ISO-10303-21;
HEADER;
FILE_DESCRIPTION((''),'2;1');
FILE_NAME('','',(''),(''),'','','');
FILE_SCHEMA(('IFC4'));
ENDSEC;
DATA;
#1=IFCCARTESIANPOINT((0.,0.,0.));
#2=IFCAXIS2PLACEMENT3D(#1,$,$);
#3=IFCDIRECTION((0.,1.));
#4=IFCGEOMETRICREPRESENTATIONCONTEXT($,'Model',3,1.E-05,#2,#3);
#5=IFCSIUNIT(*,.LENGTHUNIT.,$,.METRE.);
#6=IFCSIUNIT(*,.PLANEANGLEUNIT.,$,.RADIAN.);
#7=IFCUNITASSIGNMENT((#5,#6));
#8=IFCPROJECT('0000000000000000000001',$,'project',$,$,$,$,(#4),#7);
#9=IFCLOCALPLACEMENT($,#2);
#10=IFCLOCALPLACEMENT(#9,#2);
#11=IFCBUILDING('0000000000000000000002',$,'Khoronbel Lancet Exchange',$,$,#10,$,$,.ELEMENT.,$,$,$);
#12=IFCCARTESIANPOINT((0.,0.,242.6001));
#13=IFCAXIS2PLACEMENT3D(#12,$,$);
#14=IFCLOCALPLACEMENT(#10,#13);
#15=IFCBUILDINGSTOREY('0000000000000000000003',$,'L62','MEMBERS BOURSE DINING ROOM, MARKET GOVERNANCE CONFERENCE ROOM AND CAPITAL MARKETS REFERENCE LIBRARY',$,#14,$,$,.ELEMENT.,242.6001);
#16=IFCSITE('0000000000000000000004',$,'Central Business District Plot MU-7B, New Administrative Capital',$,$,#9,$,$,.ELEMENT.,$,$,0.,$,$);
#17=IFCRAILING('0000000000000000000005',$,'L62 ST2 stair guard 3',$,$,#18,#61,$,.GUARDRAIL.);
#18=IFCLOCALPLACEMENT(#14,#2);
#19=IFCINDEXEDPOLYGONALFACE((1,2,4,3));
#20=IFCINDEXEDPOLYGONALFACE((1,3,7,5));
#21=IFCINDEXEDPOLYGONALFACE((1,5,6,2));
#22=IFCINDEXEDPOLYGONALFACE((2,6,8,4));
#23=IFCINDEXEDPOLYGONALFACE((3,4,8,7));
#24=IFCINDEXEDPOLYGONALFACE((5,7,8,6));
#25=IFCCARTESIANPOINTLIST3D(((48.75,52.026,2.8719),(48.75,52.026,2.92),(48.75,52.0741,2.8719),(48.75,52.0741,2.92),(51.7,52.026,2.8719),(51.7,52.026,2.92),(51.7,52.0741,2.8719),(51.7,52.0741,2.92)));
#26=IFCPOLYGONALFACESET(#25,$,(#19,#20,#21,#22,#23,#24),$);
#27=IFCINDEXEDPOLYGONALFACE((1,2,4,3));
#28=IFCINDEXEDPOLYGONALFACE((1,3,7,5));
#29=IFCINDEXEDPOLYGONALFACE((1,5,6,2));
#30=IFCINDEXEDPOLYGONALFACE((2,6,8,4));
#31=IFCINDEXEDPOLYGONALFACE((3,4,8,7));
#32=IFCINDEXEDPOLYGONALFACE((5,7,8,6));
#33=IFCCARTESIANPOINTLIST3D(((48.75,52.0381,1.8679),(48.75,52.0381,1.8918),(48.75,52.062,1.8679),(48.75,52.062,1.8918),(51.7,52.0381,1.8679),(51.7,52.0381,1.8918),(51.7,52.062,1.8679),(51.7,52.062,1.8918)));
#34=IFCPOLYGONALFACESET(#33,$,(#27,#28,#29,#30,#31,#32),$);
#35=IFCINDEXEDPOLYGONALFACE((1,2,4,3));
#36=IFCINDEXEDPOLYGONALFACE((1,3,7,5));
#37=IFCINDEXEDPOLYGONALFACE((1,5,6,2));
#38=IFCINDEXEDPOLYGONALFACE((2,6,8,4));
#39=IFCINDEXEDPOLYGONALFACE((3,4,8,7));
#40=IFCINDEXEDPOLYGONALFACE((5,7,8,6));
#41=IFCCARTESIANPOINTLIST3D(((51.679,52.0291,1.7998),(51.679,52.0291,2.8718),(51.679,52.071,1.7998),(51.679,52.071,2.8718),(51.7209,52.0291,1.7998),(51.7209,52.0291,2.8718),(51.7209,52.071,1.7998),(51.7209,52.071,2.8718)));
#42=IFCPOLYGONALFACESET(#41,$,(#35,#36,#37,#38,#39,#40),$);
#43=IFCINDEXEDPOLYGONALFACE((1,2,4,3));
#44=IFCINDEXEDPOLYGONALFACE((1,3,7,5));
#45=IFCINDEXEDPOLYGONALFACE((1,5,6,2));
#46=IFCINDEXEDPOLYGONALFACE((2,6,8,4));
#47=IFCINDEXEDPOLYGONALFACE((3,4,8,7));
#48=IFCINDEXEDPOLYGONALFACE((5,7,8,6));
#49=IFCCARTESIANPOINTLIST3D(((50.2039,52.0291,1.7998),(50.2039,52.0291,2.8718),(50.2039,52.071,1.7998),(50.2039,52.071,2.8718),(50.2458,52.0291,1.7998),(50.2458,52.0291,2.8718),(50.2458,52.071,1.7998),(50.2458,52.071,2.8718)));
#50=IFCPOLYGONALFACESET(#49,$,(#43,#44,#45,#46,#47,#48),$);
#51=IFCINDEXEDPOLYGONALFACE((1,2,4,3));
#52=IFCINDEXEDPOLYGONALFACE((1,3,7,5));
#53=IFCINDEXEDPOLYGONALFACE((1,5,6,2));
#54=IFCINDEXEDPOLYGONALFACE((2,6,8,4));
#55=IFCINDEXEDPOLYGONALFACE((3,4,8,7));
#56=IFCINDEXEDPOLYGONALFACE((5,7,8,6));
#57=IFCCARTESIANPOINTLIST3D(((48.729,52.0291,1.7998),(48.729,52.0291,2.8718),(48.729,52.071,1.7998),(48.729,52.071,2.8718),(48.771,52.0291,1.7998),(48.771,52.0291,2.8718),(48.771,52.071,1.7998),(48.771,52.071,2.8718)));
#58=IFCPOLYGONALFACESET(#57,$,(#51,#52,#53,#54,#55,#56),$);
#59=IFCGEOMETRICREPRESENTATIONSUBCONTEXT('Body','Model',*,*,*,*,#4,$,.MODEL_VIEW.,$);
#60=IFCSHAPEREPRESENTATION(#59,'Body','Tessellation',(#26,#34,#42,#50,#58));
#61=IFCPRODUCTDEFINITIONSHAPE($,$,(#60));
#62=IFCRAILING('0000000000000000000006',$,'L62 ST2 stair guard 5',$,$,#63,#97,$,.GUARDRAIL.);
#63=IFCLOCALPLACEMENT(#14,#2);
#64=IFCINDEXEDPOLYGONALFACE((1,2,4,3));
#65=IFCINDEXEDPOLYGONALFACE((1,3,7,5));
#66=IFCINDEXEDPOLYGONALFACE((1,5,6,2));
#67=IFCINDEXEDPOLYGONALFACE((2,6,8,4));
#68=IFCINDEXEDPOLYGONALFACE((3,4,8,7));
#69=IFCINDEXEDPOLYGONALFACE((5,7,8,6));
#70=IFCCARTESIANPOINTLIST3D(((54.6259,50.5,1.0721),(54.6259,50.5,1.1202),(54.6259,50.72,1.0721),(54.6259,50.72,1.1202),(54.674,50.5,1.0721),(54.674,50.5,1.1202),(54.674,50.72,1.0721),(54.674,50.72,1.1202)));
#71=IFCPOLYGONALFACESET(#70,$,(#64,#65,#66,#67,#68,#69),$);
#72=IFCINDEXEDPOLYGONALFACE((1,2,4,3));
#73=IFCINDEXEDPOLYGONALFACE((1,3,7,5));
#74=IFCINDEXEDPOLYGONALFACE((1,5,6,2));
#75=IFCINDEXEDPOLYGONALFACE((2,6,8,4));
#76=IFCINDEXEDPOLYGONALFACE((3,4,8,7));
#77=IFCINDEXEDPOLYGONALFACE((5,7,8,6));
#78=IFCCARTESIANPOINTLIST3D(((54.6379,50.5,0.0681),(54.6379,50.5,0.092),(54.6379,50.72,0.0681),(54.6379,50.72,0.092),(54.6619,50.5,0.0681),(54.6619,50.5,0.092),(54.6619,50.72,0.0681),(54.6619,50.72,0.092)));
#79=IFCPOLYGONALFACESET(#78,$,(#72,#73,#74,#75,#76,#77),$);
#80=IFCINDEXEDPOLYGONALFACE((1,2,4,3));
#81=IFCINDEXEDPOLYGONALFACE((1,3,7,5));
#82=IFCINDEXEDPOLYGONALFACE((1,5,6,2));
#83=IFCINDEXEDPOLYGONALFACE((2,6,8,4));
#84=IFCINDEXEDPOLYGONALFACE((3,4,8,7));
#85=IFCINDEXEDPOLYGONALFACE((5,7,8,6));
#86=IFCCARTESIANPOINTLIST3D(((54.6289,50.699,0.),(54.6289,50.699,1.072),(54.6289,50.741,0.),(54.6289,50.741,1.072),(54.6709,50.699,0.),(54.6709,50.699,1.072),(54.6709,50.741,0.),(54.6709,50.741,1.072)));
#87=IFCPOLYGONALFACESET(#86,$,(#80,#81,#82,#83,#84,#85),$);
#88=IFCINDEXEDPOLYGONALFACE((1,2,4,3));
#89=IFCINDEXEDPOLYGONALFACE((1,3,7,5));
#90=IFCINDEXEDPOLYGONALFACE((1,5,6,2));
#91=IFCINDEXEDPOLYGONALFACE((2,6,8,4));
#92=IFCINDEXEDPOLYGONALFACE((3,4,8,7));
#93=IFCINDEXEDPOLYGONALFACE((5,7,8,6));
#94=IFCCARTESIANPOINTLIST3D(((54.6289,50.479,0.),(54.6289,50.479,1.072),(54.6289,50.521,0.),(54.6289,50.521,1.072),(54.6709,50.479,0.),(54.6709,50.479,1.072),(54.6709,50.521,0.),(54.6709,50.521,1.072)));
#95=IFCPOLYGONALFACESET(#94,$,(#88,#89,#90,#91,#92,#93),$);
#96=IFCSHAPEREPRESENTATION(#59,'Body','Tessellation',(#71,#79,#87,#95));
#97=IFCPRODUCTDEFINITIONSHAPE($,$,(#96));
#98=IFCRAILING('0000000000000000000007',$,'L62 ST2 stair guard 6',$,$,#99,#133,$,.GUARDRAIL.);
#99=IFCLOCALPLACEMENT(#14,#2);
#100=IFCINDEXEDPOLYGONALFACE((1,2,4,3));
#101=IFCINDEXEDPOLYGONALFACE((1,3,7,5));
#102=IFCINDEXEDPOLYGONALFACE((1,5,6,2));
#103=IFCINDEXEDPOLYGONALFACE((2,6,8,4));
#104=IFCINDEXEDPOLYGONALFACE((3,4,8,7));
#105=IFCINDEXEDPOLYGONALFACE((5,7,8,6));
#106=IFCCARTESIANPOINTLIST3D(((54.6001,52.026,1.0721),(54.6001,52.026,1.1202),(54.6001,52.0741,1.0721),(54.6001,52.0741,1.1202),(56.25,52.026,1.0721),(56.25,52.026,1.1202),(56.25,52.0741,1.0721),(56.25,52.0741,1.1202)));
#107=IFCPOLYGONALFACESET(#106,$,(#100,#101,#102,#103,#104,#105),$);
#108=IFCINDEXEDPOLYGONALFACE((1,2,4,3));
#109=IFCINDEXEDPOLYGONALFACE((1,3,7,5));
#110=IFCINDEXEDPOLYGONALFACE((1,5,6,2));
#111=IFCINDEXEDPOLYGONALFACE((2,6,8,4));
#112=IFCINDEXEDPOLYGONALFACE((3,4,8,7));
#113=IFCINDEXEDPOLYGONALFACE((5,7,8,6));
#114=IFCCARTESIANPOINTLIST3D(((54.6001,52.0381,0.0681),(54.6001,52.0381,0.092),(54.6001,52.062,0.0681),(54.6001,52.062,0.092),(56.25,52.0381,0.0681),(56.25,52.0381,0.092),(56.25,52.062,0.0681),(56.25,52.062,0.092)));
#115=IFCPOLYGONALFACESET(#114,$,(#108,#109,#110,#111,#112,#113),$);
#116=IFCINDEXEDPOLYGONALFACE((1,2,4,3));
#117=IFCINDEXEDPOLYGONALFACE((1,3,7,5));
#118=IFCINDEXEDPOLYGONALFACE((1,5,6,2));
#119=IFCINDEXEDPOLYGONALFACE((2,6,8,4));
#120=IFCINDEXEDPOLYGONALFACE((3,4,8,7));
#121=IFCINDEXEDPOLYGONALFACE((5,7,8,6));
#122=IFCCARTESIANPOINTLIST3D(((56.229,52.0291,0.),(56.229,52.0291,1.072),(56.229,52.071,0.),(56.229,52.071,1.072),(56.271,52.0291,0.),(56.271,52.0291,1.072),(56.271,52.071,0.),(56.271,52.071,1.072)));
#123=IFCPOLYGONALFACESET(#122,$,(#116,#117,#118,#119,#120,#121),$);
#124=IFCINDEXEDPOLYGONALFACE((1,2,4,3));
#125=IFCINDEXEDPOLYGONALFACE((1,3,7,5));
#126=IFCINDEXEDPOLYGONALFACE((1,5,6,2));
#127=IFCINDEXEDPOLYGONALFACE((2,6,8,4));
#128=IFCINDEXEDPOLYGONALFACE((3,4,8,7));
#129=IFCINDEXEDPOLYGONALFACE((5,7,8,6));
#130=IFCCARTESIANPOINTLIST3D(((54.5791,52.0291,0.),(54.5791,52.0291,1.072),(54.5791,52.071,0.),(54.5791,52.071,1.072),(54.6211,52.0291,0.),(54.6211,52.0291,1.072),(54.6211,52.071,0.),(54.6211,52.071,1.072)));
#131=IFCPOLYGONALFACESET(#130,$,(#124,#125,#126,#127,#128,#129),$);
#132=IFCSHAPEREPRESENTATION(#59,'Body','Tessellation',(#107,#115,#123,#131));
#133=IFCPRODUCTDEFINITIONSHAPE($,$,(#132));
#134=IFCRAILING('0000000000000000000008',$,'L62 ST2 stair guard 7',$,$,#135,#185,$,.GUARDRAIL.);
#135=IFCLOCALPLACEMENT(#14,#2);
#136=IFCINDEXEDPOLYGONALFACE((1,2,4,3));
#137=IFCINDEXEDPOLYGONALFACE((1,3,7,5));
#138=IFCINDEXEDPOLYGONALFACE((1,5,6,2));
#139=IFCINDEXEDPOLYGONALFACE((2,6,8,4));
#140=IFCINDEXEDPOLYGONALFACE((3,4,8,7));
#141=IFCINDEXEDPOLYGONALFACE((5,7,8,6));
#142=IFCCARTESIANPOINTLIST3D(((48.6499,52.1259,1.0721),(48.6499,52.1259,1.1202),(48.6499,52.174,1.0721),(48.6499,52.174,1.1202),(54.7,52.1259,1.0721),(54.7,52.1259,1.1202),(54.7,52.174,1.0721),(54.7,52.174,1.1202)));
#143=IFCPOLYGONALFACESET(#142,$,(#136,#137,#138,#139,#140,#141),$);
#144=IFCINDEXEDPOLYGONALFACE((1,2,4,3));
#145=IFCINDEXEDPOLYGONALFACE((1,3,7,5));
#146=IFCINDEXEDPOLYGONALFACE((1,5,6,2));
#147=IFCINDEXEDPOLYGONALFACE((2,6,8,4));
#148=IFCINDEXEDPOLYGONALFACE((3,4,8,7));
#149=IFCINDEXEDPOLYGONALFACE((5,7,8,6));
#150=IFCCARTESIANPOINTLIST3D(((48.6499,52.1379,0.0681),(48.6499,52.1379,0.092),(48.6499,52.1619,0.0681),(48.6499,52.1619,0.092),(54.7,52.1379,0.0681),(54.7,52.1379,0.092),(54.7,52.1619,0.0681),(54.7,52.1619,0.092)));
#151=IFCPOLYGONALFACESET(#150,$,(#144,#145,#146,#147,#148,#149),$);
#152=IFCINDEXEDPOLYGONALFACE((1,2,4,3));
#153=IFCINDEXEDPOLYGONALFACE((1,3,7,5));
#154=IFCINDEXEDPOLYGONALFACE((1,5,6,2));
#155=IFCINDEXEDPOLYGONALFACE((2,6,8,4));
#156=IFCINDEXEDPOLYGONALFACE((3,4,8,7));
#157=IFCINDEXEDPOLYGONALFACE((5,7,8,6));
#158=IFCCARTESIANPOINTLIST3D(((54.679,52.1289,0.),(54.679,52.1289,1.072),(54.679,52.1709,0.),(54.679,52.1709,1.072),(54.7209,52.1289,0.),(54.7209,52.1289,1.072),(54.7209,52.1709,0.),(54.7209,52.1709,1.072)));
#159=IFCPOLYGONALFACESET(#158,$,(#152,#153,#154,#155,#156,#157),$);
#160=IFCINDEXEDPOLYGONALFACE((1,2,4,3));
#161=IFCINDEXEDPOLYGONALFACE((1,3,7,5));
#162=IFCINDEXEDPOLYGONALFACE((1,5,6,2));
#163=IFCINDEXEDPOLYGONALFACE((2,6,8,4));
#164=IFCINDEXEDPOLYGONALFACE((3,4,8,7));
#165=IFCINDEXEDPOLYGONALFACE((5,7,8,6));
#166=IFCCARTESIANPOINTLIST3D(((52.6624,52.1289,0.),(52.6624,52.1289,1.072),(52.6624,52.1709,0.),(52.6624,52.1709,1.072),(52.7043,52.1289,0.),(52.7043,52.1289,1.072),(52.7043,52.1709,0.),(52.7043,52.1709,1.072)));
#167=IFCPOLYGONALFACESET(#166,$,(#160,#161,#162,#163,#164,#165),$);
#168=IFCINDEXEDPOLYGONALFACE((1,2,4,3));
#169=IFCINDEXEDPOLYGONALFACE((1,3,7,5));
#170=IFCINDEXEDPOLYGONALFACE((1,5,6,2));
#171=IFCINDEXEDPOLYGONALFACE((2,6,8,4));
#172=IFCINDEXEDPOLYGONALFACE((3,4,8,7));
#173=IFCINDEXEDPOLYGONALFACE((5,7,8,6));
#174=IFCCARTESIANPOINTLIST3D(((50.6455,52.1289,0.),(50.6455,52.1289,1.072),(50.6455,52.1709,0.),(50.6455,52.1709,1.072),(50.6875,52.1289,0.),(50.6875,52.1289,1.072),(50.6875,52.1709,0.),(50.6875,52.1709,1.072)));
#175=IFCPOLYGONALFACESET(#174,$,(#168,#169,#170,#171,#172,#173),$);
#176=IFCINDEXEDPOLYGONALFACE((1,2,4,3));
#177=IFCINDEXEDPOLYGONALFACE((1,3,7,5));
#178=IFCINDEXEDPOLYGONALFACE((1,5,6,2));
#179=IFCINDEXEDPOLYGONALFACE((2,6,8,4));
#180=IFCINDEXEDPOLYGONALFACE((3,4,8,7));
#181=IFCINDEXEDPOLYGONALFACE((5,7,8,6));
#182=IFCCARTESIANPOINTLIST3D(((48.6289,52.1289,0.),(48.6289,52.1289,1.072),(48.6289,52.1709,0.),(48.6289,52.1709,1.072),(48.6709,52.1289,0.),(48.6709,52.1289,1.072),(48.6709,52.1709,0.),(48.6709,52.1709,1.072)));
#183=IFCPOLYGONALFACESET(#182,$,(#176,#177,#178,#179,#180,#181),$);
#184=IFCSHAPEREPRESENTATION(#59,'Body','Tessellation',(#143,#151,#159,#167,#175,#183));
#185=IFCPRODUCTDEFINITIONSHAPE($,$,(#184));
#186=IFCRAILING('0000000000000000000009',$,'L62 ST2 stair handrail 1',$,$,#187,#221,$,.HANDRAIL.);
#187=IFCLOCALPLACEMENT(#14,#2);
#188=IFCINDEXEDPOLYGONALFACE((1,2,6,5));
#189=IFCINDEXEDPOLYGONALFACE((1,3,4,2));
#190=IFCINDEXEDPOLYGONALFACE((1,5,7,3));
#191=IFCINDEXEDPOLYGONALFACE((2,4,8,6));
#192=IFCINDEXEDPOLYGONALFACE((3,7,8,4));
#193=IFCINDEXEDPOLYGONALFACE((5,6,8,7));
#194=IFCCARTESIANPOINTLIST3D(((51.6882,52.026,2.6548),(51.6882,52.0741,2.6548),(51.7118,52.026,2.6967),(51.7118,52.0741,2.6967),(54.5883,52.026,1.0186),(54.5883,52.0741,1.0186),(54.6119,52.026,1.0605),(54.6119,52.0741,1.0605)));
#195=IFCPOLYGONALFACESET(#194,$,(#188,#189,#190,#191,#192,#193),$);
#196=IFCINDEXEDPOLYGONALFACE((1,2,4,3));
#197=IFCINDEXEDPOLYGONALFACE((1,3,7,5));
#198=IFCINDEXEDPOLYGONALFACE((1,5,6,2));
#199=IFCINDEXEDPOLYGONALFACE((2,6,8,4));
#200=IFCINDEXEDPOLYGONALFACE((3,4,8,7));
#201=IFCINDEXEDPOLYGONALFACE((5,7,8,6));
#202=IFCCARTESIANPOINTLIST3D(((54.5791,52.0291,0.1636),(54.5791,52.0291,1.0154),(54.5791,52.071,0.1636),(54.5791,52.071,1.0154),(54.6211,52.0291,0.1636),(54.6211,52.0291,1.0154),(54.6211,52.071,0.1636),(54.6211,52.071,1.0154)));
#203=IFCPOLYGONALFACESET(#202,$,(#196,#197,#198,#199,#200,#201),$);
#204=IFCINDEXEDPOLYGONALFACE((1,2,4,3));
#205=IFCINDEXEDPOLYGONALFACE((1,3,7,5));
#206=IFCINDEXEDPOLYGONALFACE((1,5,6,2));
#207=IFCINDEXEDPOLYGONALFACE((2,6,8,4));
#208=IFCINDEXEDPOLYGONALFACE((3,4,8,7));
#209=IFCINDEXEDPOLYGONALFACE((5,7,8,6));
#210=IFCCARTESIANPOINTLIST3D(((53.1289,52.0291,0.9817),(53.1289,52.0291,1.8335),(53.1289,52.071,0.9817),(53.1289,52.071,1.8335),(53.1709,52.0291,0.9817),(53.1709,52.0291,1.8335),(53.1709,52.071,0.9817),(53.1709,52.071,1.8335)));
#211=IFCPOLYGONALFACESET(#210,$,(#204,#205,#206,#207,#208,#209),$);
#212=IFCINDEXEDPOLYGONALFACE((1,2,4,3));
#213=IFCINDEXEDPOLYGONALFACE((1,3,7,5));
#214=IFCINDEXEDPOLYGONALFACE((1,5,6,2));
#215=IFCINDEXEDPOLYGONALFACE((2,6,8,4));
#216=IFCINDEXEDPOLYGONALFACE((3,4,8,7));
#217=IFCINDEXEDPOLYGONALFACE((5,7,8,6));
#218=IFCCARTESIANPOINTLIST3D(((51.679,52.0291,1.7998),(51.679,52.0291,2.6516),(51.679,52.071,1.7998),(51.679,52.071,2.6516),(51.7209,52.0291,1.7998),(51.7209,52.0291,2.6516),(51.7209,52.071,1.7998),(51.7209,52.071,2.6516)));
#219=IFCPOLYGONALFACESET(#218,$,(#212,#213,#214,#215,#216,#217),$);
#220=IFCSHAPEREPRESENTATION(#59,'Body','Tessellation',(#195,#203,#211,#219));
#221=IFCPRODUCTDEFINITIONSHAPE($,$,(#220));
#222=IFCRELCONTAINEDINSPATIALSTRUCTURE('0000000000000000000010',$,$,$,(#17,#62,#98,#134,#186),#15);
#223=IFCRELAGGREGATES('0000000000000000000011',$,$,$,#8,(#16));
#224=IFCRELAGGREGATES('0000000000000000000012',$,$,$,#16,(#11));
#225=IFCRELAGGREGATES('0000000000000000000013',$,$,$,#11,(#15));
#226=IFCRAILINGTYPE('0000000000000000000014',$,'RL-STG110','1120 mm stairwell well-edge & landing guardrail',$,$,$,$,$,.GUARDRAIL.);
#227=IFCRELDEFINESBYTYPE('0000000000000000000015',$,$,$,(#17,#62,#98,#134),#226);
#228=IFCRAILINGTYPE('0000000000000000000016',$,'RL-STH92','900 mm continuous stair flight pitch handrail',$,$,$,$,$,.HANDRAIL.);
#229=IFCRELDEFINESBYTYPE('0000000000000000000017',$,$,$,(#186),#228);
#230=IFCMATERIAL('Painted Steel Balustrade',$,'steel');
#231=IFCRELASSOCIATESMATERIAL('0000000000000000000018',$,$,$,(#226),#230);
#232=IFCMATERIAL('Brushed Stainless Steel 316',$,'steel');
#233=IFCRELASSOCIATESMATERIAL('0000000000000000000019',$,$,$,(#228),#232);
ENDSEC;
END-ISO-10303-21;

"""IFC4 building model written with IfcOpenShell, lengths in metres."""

from ifc_helpers import new_model, si_unit, direction, frame, origin, origin_2d, place, context, subcontext, project, spatial, rectangle, extrude, material, type_object, element, save


model = new_model("IFC4")

# Units and contexts
model_context = context("Model", 3, precision=1e-05, world=origin(), true_north=direction((0.0, 1.0)))
body_context = subcontext(model_context, "Body", "Model", "MODEL_VIEW")
ifc_project = project(units=[si_unit("LENGTHUNIT", "METRE"), si_unit("PLANEANGLEUNIT", "RADIAN")], contexts=[model_context])

# Site, building, storey
site_placement = place(None, origin())
site = spatial("IfcSite", under=ifc_project, at=site_placement, Name="Central Business District Plot MU-7B, New Administrative Capital", CompositionType="ELEMENT", RefElevation=0.0)
building_placement = place(site_placement, origin())
building = spatial("IfcBuilding", under=site, at=building_placement, Name="Khoronbel Lancet Exchange", CompositionType="ELEMENT")
storey_placement = place(building_placement, frame((0.0, 0.0, 242.6001)))
storey = spatial("IfcBuildingStorey", under=building, at=storey_placement, Name="L62", Description="MEMBERS BOURSE DINING ROOM, MARKET GOVERNANCE CONFERENCE ROOM AND CAPITAL MARKETS REFERENCE LIBRARY", CompositionType="ELEMENT", Elevation=242.6001)

# Railings
ifc_material_1 = material(Name="Painted Steel Balustrade", Category="steel")
railing_type_1 = type_object("IfcRailingType", Name="RL-STG110", Description="1120 mm stairwell well-edge & landing guardrail", PredefinedType="GUARDRAIL", material=ifc_material_1)
railing_1_placement = place(storey_placement, frame((51.7, 52.05, 1.7998)))
element("IfcRailing", 1, at=railing_1_placement, inside=storey, type_object=railing_type_1, Name="L62 ST2 stair guard 3", PredefinedType="GUARDRAIL", context=body_context, shape_type="SweptSolid", body=[
    extrude(rectangle(XDim=0.0481, YDim=0.0481, at=origin_2d()), frame((0.0, 0.0, 1.0962), z_axis=(-1.0, 0.0, 0.0), x_axis=(0.0, -1.0, 0.0)), (0.0, 0.0, 1.0), 2.95),
    extrude(rectangle(XDim=0.0239, YDim=0.0239, at=origin_2d()), frame((0.0, 0.0, 0.0801), z_axis=(-1.0, 0.0, 0.0), x_axis=(0.0, -1.0, 0.0)), (0.0, 0.0, 1.0), 2.95),
    extrude(rectangle(XDim=0.042, YDim=0.042, at=origin_2d()), origin(), (0.0, 0.0, 1.0), 1.072),
    extrude(rectangle(XDim=0.042, YDim=0.042, at=origin_2d()), frame((-1.4751, 0.0, 0.0)), (0.0, 0.0, 1.0), 1.072),
    extrude(rectangle(XDim=0.042, YDim=0.042, at=origin_2d()), frame((-2.95, 0.0, 0.0)), (0.0, 0.0, 1.0), 1.072),
])
railing_2_placement = place(storey_placement, frame((54.6499, 50.72, 0.0)))
element("IfcRailing", 2, at=railing_2_placement, inside=storey, type_object=railing_type_1, Name="L62 ST2 stair guard 5", PredefinedType="GUARDRAIL", context=body_context, shape_type="SweptSolid", body=[
    extrude(rectangle(XDim=0.0481, YDim=0.0481, at=origin_2d()), frame((0.0, 0.0, 1.0962), z_axis=(0.0, -1.0, 0.0), x_axis=(1.0, 0.0, 0.0)), (0.0, 0.0, 1.0), 0.22),
    extrude(rectangle(XDim=0.0239, YDim=0.0239, at=origin_2d()), frame((0.0, 0.0, 0.0801), z_axis=(0.0, -1.0, 0.0), x_axis=(1.0, 0.0, 0.0)), (0.0, 0.0, 1.0), 0.22),
    extrude(rectangle(XDim=0.042, YDim=0.042, at=origin_2d()), origin(), (0.0, 0.0, 1.0), 1.072),
    extrude(rectangle(XDim=0.042, YDim=0.042, at=origin_2d()), frame((0.0, -0.22, 0.0)), (0.0, 0.0, 1.0), 1.072),
])
railing_3_placement = place(storey_placement, frame((56.25, 52.05, 0.0)))
element("IfcRailing", 3, at=railing_3_placement, inside=storey, type_object=railing_type_1, Name="L62 ST2 stair guard 6", PredefinedType="GUARDRAIL", context=body_context, shape_type="SweptSolid", body=[
    extrude(rectangle(XDim=0.0481, YDim=0.0481, at=origin_2d()), frame((0.0, 0.0, 1.0962), z_axis=(-1.0, 0.0, 0.0), x_axis=(0.0, -1.0, 0.0)), (0.0, 0.0, 1.0), 1.6499),
    extrude(rectangle(XDim=0.0239, YDim=0.0239, at=origin_2d()), frame((0.0, 0.0, 0.0801), z_axis=(-1.0, 0.0, 0.0), x_axis=(0.0, -1.0, 0.0)), (0.0, 0.0, 1.0), 1.6499),
    extrude(rectangle(XDim=0.042, YDim=0.042, at=origin_2d()), origin(), (0.0, 0.0, 1.0), 1.072),
    extrude(rectangle(XDim=0.042, YDim=0.042, at=origin_2d()), frame((-1.6499, 0.0, 0.0)), (0.0, 0.0, 1.0), 1.072),
])
railing_4_placement = place(storey_placement, frame((54.7, 52.1499, 0.0)))
element("IfcRailing", 4, at=railing_4_placement, inside=storey, type_object=railing_type_1, Name="L62 ST2 stair guard 7", PredefinedType="GUARDRAIL", context=body_context, shape_type="SweptSolid", body=[
    extrude(rectangle(XDim=0.0481, YDim=0.0481, at=origin_2d()), frame((0.0, 0.0, 1.0962), z_axis=(-1.0, 0.0, 0.0), x_axis=(0.0, -1.0, 0.0)), (0.0, 0.0, 1.0), 6.05),
    extrude(rectangle(XDim=0.0239, YDim=0.0239, at=origin_2d()), frame((0.0, 0.0, 0.0801), z_axis=(-1.0, 0.0, 0.0), x_axis=(0.0, -1.0, 0.0)), (0.0, 0.0, 1.0), 6.05),
    extrude(rectangle(XDim=0.042, YDim=0.042, at=origin_2d()), origin(), (0.0, 0.0, 1.0), 1.072),
    extrude(rectangle(XDim=0.042, YDim=0.042, at=origin_2d()), frame((-2.0166, 0.0, 0.0)), (0.0, 0.0, 1.0), 1.072),
    extrude(rectangle(XDim=0.042, YDim=0.042, at=origin_2d()), frame((-4.0334, 0.0, 0.0)), (0.0, 0.0, 1.0), 1.072),
    extrude(rectangle(XDim=0.042, YDim=0.042, at=origin_2d()), frame((-6.05, 0.0, 0.0)), (0.0, 0.0, 1.0), 1.072),
])
ifc_material_2 = material(Name="Brushed Stainless Steel 316", Category="steel")
railing_type_2 = type_object("IfcRailingType", Name="RL-STH92", Description="900 mm continuous stair flight pitch handrail", PredefinedType="HANDRAIL", material=ifc_material_2)
railing_5_placement = place(storey_placement, frame((54.6001, 52.05, 0.1636)))
element("IfcRailing", 5, at=railing_5_placement, inside=storey, type_object=railing_type_2, Name="L62 ST2 stair handrail 1", PredefinedType="HANDRAIL", context=body_context, shape_type="SweptSolid", body=[
    extrude(rectangle(XDim=0.0481, YDim=0.0481, at=origin_2d()), frame((0.0, 0.0, 0.876), z_axis=(-0.870946, 0.0, 0.491378), x_axis=(0.0, -1.0, 0.0)), (0.0, 0.0, 1.0), 3.3298),
    extrude(rectangle(XDim=0.042, YDim=0.042, at=origin_2d()), origin(), (0.0, 0.0, 1.0), 0.8518),
    extrude(rectangle(XDim=0.042, YDim=0.042, at=origin_2d()), frame((-1.4502, 0.0, 0.8181)), (0.0, 0.0, 1.0), 0.8518),
    extrude(rectangle(XDim=0.042, YDim=0.042, at=origin_2d()), frame((-2.9001, 0.0, 1.6362)), (0.0, 0.0, 1.0), 0.8518),
])

save(model, "model.ifc")
